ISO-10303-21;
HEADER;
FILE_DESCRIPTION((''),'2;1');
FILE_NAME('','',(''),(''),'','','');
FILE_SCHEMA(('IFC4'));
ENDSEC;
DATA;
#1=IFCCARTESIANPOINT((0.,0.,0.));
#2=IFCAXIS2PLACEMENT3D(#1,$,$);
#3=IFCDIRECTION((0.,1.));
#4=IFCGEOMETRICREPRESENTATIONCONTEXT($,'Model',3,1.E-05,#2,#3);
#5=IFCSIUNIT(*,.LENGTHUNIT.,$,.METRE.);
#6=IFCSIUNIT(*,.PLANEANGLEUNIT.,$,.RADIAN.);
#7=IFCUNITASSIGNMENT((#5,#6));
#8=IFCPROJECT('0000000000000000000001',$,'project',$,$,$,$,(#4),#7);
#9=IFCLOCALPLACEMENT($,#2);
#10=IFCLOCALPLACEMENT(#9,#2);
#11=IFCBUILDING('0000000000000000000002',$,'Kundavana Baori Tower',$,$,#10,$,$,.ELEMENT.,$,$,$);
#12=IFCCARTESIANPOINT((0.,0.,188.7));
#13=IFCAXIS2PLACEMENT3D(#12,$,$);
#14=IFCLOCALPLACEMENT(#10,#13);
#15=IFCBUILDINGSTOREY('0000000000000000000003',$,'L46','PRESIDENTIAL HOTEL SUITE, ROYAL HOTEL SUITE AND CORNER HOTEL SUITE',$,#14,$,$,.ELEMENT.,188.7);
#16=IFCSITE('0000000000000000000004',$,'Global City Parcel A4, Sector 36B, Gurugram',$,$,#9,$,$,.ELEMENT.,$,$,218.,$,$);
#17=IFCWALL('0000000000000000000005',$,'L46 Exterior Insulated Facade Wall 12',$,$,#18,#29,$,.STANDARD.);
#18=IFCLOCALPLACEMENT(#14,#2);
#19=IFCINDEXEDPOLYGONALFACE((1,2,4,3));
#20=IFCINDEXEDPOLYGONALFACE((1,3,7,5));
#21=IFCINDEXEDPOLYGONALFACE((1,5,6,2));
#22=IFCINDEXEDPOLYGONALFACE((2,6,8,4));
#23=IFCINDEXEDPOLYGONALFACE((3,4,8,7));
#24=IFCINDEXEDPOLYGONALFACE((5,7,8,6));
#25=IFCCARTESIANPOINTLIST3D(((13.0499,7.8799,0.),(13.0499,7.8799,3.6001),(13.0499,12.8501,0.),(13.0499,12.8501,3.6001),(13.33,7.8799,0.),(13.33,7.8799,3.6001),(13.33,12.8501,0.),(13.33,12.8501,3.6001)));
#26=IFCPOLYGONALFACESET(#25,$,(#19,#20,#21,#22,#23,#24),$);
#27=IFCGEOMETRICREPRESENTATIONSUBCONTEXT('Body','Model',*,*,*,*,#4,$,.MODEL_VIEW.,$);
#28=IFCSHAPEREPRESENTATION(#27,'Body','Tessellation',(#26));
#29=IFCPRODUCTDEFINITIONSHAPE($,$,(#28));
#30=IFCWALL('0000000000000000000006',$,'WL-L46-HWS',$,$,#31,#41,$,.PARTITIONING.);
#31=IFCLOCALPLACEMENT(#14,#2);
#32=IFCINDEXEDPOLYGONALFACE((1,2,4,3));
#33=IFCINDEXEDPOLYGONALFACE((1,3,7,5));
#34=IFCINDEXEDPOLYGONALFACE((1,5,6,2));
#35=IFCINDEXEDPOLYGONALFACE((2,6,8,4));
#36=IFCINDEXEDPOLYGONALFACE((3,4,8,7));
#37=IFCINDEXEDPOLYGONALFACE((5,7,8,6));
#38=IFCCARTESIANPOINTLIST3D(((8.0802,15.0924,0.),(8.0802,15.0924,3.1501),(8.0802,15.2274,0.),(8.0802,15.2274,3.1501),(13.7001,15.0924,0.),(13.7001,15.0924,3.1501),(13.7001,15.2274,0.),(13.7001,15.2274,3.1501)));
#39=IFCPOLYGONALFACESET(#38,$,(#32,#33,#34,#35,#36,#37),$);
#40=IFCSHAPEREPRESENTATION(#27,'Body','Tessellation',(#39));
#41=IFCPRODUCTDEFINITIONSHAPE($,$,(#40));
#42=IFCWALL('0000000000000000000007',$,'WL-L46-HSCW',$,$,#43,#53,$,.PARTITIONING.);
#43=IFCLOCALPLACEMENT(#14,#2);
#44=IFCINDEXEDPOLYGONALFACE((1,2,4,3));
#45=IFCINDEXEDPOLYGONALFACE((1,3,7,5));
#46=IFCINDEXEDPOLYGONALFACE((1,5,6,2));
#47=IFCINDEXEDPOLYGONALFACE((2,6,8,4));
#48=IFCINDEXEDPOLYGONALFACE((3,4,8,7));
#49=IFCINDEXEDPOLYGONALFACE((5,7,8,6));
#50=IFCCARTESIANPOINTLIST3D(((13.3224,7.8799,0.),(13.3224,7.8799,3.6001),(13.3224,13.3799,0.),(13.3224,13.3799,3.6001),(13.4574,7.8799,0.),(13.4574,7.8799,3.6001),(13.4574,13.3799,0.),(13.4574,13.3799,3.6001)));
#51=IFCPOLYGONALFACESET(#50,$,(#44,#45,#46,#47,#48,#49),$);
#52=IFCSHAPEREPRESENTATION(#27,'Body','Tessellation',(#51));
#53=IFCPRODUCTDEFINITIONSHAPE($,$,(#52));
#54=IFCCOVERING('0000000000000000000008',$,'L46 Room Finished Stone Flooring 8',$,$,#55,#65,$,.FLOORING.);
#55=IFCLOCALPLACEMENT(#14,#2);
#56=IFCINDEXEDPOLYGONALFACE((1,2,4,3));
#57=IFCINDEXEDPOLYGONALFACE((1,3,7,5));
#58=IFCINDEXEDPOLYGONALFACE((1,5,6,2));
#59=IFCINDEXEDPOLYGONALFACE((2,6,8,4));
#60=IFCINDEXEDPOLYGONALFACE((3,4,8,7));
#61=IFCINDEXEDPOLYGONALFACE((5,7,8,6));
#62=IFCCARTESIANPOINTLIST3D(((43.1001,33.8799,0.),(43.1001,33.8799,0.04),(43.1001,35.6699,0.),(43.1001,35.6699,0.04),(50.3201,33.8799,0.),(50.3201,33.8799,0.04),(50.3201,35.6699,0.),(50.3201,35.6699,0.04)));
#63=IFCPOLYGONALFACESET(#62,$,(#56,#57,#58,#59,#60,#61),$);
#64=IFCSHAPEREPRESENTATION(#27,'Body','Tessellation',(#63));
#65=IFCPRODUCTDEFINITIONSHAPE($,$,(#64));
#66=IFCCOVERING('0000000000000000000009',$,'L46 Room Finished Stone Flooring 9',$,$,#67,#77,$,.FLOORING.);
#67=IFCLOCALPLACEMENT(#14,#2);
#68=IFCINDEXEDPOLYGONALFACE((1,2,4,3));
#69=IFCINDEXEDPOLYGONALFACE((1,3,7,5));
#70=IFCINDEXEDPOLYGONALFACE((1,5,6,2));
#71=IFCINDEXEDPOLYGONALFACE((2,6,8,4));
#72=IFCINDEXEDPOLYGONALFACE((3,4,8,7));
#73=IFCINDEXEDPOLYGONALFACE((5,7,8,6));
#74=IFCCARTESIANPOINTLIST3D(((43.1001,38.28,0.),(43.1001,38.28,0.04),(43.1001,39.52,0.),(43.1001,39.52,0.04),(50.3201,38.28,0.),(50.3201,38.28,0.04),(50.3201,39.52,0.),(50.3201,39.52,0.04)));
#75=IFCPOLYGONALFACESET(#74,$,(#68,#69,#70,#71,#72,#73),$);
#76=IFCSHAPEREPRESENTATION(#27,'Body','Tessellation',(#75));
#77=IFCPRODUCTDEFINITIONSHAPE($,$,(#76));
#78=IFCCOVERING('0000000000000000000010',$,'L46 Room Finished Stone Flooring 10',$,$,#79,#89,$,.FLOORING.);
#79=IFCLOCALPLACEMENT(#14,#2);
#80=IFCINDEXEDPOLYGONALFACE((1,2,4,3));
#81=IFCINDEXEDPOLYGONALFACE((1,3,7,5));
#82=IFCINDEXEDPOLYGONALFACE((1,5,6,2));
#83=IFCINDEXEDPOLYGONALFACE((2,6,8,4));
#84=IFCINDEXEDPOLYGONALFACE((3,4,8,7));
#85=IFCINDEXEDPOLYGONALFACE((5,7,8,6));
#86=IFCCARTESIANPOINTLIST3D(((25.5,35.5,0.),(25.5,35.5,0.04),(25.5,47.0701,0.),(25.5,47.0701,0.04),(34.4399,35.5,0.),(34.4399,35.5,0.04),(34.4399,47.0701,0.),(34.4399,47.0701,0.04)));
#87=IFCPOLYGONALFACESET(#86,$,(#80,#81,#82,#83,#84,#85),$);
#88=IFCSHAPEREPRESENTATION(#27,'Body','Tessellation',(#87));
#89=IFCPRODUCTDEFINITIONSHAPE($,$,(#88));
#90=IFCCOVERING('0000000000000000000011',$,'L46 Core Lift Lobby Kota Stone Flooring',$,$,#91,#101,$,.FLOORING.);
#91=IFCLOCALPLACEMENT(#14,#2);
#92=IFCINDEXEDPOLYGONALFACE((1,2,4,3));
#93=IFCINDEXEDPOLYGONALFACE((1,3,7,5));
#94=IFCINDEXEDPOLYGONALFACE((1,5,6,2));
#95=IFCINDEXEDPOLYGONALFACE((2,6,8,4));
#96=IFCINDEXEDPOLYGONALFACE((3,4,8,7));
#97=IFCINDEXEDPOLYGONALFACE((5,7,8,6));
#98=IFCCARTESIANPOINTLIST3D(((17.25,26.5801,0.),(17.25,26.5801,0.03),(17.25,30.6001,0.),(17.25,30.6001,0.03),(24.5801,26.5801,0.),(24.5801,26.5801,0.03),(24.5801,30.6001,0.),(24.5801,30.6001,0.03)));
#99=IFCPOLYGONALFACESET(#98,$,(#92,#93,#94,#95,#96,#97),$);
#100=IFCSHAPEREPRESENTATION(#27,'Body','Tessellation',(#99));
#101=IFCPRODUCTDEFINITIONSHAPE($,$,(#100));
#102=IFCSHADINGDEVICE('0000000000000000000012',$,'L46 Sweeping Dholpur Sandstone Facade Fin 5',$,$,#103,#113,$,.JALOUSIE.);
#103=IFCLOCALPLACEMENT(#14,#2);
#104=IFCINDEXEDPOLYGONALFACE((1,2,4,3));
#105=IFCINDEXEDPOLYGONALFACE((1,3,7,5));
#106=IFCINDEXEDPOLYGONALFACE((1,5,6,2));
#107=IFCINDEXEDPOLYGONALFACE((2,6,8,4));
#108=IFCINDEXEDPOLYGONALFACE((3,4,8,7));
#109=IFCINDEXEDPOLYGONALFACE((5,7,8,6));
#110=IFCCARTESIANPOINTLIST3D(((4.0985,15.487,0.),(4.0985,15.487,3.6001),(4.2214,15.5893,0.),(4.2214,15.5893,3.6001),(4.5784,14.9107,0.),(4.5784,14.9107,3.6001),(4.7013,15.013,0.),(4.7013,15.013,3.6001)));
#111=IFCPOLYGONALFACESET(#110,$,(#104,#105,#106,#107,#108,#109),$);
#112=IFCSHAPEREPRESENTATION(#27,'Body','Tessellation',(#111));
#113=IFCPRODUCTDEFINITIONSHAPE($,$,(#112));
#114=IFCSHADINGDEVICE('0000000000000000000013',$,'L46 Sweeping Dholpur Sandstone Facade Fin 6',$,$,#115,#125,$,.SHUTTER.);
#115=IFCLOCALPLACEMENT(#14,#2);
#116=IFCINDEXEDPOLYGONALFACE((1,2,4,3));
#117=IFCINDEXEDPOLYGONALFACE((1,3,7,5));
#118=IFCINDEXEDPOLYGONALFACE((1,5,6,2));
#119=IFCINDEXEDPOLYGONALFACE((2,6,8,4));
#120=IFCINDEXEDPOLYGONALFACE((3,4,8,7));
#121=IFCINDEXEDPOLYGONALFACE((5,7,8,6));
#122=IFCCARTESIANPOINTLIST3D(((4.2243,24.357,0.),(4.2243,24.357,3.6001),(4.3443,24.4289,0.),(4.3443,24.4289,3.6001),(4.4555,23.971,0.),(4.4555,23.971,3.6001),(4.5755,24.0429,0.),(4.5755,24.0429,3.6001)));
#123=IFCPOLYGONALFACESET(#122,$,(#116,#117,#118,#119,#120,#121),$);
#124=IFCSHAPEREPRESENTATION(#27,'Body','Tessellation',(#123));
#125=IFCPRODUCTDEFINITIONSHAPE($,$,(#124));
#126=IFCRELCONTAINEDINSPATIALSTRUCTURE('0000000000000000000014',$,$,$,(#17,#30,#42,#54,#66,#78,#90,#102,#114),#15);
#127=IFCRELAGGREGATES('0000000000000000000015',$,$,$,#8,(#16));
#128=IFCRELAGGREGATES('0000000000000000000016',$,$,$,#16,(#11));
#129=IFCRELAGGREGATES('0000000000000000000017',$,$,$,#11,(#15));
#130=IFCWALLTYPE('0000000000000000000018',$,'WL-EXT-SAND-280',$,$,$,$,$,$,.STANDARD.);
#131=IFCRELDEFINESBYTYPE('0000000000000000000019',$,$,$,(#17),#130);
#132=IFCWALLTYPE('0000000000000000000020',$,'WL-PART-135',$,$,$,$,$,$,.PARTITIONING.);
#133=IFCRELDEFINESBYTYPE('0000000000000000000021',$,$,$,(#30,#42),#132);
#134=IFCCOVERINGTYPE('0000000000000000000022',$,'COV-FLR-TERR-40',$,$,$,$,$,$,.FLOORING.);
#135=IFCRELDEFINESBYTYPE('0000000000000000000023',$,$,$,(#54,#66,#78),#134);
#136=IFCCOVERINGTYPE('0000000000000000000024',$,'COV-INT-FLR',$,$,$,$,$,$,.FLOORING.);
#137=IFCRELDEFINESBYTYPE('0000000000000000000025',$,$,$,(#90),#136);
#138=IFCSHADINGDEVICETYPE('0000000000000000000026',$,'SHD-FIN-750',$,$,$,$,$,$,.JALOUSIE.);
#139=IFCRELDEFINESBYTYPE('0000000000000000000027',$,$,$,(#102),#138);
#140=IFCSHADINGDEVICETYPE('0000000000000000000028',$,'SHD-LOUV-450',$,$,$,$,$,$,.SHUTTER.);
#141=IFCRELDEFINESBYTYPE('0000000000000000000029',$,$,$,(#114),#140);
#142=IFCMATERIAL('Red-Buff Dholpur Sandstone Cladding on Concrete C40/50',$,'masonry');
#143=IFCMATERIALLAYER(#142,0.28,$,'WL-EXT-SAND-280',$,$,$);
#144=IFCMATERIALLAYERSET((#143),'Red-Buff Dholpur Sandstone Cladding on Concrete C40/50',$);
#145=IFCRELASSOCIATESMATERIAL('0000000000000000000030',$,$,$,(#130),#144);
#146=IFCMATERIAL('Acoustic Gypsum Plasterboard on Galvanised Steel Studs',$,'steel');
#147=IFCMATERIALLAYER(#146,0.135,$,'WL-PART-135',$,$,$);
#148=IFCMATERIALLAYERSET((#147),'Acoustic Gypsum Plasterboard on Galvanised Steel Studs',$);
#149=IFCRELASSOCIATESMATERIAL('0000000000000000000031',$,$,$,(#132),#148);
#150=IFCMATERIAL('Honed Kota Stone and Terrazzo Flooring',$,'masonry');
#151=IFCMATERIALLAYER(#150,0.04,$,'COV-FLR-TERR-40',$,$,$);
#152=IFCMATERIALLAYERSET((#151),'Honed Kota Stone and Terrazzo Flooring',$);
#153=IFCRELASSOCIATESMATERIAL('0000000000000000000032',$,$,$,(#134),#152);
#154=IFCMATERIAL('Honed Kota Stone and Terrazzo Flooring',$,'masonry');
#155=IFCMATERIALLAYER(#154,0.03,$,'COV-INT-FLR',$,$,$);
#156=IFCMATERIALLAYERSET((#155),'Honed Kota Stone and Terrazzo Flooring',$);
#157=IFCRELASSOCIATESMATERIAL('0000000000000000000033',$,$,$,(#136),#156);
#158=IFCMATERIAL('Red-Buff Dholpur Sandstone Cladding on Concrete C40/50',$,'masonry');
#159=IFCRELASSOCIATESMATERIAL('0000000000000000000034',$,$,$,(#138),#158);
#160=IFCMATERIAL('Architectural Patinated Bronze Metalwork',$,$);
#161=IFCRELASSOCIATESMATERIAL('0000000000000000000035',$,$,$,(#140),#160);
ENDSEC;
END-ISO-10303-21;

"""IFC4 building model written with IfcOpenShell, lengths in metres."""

from ifc_helpers import new_model, si_unit, direction, frame, frame_2d, origin, origin_2d, place, context, subcontext, project, spatial, polyline, rectangle, outline, extrude, material, layer, layer_set, type_object, element, save


model = new_model("IFC4")

# Units and contexts
model_context = context("Model", 3, precision=1e-05, world=origin(), true_north=direction((0.0, 1.0)))
body_context = subcontext(model_context, "Body", "Model", "MODEL_VIEW")
ifc_project = project(units=[si_unit("LENGTHUNIT", "METRE"), si_unit("PLANEANGLEUNIT", "RADIAN")], contexts=[model_context])

# Site, building, storey
site_placement = place(None, origin())
site = spatial("IfcSite", under=ifc_project, at=site_placement, Name="Global City Parcel A4, Sector 36B, Gurugram", CompositionType="ELEMENT", RefElevation=218.0)
building_placement = place(site_placement, origin())
building = spatial("IfcBuilding", under=site, at=building_placement, Name="Kundavana Baori Tower", CompositionType="ELEMENT")
storey_placement = place(building_placement, frame((0.0, 0.0, 188.7)))
storey = spatial("IfcBuildingStorey", under=building, at=storey_placement, Name="L46", Description="PRESIDENTIAL HOTEL SUITE, ROYAL HOTEL SUITE AND CORNER HOTEL SUITE", CompositionType="ELEMENT", Elevation=188.7)

# Shared definitions
ifc_material_1 = material(Name="Red-Buff Dholpur Sandstone Cladding on Concrete C40/50", Category="masonry")
ifc_layer_1 = layer(ifc_material_1, 0.28, Name="WL-EXT-SAND-280")
ifc_layer_set_1 = layer_set([ifc_layer_1], Name="Red-Buff Dholpur Sandstone Cladding on Concrete C40/50")
wall_type_1 = type_object("IfcWallType", Name="WL-EXT-SAND-280", PredefinedType="STANDARD", material=ifc_layer_set_1)

# Walls
wall_1_placement = place(storey_placement, frame((13.1899, 12.8501, 0.0), z_axis=(0.0, 0.0, 1.0), x_axis=(0.0, -1.0, 0.0)))
element("IfcWall", 1, at=wall_1_placement, inside=storey, type_object=wall_type_1, Name="L46 Exterior Insulated Facade Wall 12", PredefinedType="STANDARD", context=body_context, shape_type="SweptSolid", body=[
    extrude(rectangle(XDim=4.9702, YDim=0.28, at=frame_2d((2.4851, 0.0))), origin(), (0.0, 0.0, 1.0), 3.6001),
])
ifc_material_2 = material(Name="Acoustic Gypsum Plasterboard on Galvanised Steel Studs", Category="steel")
ifc_layer_2 = layer(ifc_material_2, 0.135, Name="WL-PART-135")
ifc_layer_set_2 = layer_set([ifc_layer_2], Name="Acoustic Gypsum Plasterboard on Galvanised Steel Studs")
wall_type_2 = type_object("IfcWallType", Name="WL-PART-135", PredefinedType="PARTITIONING", material=ifc_layer_set_2)
wall_2_placement = place(storey_placement, frame((8.0801, 15.1599, 0.0), z_axis=(0.0, 0.0, 1.0), x_axis=(1.0, 0.0, 0.0)))
element("IfcWall", 2, at=wall_2_placement, inside=storey, type_object=wall_type_2, Name="WL-L46-HWS", PredefinedType="PARTITIONING", context=body_context, shape_type="SweptSolid", body=[
    extrude(rectangle(XDim=5.6199, YDim=0.135, at=frame_2d((2.8101, 0.0))), origin(), (0.0, 0.0, 1.0), 3.1501),
])
wall_3_placement = place(storey_placement, frame((13.3899, 7.8799, 0.0), z_axis=(0.0, 0.0, 1.0), x_axis=(0.0, 1.0, 0.0)))
element("IfcWall", 3, at=wall_3_placement, inside=storey, type_object=wall_type_2, Name="WL-L46-HSCW", PredefinedType="PARTITIONING", context=body_context, shape_type="SweptSolid", body=[
    extrude(rectangle(XDim=5.5, YDim=0.135, at=frame_2d((2.75, 0.0))), origin(), (0.0, 0.0, 1.0), 3.6001),
])

# Coverings
ifc_material_3 = material(Name="Honed Kota Stone and Terrazzo Flooring", Category="masonry")
ifc_layer_3 = layer(ifc_material_3, 0.04, Name="COV-FLR-TERR-40")
ifc_layer_set_3 = layer_set([ifc_layer_3], Name="Honed Kota Stone and Terrazzo Flooring")
covering_type_1 = type_object("IfcCoveringType", Name="COV-FLR-TERR-40", PredefinedType="FLOORING", material=ifc_layer_set_3)
covering_1_placement = place(storey_placement, origin())
element("IfcCovering", 4, at=covering_1_placement, inside=storey, type_object=covering_type_1, Name="L46 Room Finished Stone Flooring 8", PredefinedType="FLOORING", context=body_context, shape_type="SweptSolid", body=[
    extrude(outline(polyline([(43.1001, 33.8799), (50.3201, 33.8799), (50.3201, 35.6699), (43.1001, 35.6699), (43.1001, 33.8799)])), origin(), (0.0, 0.0, 1.0), 0.04),
])
covering_2_placement = place(storey_placement, origin())
element("IfcCovering", 5, at=covering_2_placement, inside=storey, type_object=covering_type_1, Name="L46 Room Finished Stone Flooring 9", PredefinedType="FLOORING", context=body_context, shape_type="SweptSolid", body=[
    extrude(outline(polyline([(43.1001, 38.28), (50.3201, 38.28), (50.3201, 39.52), (43.1001, 39.52), (43.1001, 38.28)])), origin(), (0.0, 0.0, 1.0), 0.04),
])
covering_3_placement = place(storey_placement, origin())
element("IfcCovering", 6, at=covering_3_placement, inside=storey, type_object=covering_type_1, Name="L46 Room Finished Stone Flooring 10", PredefinedType="FLOORING", context=body_context, shape_type="SweptSolid", body=[
    extrude(outline(polyline([(25.5, 35.5), (34.4399, 35.5), (34.4399, 47.0701), (25.5, 47.0701), (25.5, 35.5)])), origin(), (0.0, 0.0, 1.0), 0.04),
])
ifc_material_4 = material(Name="Honed Kota Stone and Terrazzo Flooring", Category="masonry")
ifc_layer_4 = layer(ifc_material_4, 0.03, Name="COV-INT-FLR")
ifc_layer_set_4 = layer_set([ifc_layer_4], Name="Honed Kota Stone and Terrazzo Flooring")
covering_type_2 = type_object("IfcCoveringType", Name="COV-INT-FLR", PredefinedType="FLOORING", material=ifc_layer_set_4)
covering_4_placement = place(storey_placement, origin())
element("IfcCovering", 7, at=covering_4_placement, inside=storey, type_object=covering_type_2, Name="L46 Core Lift Lobby Kota Stone Flooring", PredefinedType="FLOORING", context=body_context, shape_type="SweptSolid", body=[
    extrude(outline(polyline([(17.25, 26.5801), (24.5801, 26.5801), (24.5801, 30.6001), (17.25, 30.6001), (17.25, 26.5801)])), origin(), (0.0, 0.0, 1.0), 0.03),
])

# Shading devices
ifc_material_5 = material(Name="Red-Buff Dholpur Sandstone Cladding on Concrete C40/50", Category="masonry")
shading_device_type_1 = type_object("IfcShadingDeviceType", Name="SHD-FIN-750", PredefinedType="JALOUSIE", material=ifc_material_5)
shading_device_1_placement = place(storey_placement, frame((4.3999, 15.25, 0.0), z_axis=(0.0, 0.0, 1.0), x_axis=(0.768507, 0.639841, 0.0)))
element("IfcShadingDevice", 8, at=shading_device_1_placement, inside=storey, type_object=shading_device_type_1, Name="L46 Sweeping Dholpur Sandstone Facade Fin 5", PredefinedType="JALOUSIE", context=body_context, shape_type="SweptSolid", body=[
    extrude(rectangle(XDim=0.1599, YDim=0.75, at=origin_2d()), origin(), (0.0, 0.0, 1.0), 3.6001),
])
ifc_material_6 = material(Name="Architectural Patinated Bronze Metalwork")
shading_device_type_2 = type_object("IfcShadingDeviceType", Name="SHD-LOUV-450", PredefinedType="SHUTTER", material=ifc_material_6)
shading_device_2_placement = place(storey_placement, frame((4.3999, 24.2, 0.0), z_axis=(0.0, 0.0, 1.0), x_axis=(0.857975, 0.513691, 0.0)))
element("IfcShadingDevice", 9, at=shading_device_2_placement, inside=storey, type_object=shading_device_type_2, Name="L46 Sweeping Dholpur Sandstone Facade Fin 6", PredefinedType="SHUTTER", context=body_context, shape_type="SweptSolid", body=[
    extrude(rectangle(XDim=0.1399, YDim=0.45, at=origin_2d()), origin(), (0.0, 0.0, 1.0), 3.6001),
])

save(model, "model.ifc")
